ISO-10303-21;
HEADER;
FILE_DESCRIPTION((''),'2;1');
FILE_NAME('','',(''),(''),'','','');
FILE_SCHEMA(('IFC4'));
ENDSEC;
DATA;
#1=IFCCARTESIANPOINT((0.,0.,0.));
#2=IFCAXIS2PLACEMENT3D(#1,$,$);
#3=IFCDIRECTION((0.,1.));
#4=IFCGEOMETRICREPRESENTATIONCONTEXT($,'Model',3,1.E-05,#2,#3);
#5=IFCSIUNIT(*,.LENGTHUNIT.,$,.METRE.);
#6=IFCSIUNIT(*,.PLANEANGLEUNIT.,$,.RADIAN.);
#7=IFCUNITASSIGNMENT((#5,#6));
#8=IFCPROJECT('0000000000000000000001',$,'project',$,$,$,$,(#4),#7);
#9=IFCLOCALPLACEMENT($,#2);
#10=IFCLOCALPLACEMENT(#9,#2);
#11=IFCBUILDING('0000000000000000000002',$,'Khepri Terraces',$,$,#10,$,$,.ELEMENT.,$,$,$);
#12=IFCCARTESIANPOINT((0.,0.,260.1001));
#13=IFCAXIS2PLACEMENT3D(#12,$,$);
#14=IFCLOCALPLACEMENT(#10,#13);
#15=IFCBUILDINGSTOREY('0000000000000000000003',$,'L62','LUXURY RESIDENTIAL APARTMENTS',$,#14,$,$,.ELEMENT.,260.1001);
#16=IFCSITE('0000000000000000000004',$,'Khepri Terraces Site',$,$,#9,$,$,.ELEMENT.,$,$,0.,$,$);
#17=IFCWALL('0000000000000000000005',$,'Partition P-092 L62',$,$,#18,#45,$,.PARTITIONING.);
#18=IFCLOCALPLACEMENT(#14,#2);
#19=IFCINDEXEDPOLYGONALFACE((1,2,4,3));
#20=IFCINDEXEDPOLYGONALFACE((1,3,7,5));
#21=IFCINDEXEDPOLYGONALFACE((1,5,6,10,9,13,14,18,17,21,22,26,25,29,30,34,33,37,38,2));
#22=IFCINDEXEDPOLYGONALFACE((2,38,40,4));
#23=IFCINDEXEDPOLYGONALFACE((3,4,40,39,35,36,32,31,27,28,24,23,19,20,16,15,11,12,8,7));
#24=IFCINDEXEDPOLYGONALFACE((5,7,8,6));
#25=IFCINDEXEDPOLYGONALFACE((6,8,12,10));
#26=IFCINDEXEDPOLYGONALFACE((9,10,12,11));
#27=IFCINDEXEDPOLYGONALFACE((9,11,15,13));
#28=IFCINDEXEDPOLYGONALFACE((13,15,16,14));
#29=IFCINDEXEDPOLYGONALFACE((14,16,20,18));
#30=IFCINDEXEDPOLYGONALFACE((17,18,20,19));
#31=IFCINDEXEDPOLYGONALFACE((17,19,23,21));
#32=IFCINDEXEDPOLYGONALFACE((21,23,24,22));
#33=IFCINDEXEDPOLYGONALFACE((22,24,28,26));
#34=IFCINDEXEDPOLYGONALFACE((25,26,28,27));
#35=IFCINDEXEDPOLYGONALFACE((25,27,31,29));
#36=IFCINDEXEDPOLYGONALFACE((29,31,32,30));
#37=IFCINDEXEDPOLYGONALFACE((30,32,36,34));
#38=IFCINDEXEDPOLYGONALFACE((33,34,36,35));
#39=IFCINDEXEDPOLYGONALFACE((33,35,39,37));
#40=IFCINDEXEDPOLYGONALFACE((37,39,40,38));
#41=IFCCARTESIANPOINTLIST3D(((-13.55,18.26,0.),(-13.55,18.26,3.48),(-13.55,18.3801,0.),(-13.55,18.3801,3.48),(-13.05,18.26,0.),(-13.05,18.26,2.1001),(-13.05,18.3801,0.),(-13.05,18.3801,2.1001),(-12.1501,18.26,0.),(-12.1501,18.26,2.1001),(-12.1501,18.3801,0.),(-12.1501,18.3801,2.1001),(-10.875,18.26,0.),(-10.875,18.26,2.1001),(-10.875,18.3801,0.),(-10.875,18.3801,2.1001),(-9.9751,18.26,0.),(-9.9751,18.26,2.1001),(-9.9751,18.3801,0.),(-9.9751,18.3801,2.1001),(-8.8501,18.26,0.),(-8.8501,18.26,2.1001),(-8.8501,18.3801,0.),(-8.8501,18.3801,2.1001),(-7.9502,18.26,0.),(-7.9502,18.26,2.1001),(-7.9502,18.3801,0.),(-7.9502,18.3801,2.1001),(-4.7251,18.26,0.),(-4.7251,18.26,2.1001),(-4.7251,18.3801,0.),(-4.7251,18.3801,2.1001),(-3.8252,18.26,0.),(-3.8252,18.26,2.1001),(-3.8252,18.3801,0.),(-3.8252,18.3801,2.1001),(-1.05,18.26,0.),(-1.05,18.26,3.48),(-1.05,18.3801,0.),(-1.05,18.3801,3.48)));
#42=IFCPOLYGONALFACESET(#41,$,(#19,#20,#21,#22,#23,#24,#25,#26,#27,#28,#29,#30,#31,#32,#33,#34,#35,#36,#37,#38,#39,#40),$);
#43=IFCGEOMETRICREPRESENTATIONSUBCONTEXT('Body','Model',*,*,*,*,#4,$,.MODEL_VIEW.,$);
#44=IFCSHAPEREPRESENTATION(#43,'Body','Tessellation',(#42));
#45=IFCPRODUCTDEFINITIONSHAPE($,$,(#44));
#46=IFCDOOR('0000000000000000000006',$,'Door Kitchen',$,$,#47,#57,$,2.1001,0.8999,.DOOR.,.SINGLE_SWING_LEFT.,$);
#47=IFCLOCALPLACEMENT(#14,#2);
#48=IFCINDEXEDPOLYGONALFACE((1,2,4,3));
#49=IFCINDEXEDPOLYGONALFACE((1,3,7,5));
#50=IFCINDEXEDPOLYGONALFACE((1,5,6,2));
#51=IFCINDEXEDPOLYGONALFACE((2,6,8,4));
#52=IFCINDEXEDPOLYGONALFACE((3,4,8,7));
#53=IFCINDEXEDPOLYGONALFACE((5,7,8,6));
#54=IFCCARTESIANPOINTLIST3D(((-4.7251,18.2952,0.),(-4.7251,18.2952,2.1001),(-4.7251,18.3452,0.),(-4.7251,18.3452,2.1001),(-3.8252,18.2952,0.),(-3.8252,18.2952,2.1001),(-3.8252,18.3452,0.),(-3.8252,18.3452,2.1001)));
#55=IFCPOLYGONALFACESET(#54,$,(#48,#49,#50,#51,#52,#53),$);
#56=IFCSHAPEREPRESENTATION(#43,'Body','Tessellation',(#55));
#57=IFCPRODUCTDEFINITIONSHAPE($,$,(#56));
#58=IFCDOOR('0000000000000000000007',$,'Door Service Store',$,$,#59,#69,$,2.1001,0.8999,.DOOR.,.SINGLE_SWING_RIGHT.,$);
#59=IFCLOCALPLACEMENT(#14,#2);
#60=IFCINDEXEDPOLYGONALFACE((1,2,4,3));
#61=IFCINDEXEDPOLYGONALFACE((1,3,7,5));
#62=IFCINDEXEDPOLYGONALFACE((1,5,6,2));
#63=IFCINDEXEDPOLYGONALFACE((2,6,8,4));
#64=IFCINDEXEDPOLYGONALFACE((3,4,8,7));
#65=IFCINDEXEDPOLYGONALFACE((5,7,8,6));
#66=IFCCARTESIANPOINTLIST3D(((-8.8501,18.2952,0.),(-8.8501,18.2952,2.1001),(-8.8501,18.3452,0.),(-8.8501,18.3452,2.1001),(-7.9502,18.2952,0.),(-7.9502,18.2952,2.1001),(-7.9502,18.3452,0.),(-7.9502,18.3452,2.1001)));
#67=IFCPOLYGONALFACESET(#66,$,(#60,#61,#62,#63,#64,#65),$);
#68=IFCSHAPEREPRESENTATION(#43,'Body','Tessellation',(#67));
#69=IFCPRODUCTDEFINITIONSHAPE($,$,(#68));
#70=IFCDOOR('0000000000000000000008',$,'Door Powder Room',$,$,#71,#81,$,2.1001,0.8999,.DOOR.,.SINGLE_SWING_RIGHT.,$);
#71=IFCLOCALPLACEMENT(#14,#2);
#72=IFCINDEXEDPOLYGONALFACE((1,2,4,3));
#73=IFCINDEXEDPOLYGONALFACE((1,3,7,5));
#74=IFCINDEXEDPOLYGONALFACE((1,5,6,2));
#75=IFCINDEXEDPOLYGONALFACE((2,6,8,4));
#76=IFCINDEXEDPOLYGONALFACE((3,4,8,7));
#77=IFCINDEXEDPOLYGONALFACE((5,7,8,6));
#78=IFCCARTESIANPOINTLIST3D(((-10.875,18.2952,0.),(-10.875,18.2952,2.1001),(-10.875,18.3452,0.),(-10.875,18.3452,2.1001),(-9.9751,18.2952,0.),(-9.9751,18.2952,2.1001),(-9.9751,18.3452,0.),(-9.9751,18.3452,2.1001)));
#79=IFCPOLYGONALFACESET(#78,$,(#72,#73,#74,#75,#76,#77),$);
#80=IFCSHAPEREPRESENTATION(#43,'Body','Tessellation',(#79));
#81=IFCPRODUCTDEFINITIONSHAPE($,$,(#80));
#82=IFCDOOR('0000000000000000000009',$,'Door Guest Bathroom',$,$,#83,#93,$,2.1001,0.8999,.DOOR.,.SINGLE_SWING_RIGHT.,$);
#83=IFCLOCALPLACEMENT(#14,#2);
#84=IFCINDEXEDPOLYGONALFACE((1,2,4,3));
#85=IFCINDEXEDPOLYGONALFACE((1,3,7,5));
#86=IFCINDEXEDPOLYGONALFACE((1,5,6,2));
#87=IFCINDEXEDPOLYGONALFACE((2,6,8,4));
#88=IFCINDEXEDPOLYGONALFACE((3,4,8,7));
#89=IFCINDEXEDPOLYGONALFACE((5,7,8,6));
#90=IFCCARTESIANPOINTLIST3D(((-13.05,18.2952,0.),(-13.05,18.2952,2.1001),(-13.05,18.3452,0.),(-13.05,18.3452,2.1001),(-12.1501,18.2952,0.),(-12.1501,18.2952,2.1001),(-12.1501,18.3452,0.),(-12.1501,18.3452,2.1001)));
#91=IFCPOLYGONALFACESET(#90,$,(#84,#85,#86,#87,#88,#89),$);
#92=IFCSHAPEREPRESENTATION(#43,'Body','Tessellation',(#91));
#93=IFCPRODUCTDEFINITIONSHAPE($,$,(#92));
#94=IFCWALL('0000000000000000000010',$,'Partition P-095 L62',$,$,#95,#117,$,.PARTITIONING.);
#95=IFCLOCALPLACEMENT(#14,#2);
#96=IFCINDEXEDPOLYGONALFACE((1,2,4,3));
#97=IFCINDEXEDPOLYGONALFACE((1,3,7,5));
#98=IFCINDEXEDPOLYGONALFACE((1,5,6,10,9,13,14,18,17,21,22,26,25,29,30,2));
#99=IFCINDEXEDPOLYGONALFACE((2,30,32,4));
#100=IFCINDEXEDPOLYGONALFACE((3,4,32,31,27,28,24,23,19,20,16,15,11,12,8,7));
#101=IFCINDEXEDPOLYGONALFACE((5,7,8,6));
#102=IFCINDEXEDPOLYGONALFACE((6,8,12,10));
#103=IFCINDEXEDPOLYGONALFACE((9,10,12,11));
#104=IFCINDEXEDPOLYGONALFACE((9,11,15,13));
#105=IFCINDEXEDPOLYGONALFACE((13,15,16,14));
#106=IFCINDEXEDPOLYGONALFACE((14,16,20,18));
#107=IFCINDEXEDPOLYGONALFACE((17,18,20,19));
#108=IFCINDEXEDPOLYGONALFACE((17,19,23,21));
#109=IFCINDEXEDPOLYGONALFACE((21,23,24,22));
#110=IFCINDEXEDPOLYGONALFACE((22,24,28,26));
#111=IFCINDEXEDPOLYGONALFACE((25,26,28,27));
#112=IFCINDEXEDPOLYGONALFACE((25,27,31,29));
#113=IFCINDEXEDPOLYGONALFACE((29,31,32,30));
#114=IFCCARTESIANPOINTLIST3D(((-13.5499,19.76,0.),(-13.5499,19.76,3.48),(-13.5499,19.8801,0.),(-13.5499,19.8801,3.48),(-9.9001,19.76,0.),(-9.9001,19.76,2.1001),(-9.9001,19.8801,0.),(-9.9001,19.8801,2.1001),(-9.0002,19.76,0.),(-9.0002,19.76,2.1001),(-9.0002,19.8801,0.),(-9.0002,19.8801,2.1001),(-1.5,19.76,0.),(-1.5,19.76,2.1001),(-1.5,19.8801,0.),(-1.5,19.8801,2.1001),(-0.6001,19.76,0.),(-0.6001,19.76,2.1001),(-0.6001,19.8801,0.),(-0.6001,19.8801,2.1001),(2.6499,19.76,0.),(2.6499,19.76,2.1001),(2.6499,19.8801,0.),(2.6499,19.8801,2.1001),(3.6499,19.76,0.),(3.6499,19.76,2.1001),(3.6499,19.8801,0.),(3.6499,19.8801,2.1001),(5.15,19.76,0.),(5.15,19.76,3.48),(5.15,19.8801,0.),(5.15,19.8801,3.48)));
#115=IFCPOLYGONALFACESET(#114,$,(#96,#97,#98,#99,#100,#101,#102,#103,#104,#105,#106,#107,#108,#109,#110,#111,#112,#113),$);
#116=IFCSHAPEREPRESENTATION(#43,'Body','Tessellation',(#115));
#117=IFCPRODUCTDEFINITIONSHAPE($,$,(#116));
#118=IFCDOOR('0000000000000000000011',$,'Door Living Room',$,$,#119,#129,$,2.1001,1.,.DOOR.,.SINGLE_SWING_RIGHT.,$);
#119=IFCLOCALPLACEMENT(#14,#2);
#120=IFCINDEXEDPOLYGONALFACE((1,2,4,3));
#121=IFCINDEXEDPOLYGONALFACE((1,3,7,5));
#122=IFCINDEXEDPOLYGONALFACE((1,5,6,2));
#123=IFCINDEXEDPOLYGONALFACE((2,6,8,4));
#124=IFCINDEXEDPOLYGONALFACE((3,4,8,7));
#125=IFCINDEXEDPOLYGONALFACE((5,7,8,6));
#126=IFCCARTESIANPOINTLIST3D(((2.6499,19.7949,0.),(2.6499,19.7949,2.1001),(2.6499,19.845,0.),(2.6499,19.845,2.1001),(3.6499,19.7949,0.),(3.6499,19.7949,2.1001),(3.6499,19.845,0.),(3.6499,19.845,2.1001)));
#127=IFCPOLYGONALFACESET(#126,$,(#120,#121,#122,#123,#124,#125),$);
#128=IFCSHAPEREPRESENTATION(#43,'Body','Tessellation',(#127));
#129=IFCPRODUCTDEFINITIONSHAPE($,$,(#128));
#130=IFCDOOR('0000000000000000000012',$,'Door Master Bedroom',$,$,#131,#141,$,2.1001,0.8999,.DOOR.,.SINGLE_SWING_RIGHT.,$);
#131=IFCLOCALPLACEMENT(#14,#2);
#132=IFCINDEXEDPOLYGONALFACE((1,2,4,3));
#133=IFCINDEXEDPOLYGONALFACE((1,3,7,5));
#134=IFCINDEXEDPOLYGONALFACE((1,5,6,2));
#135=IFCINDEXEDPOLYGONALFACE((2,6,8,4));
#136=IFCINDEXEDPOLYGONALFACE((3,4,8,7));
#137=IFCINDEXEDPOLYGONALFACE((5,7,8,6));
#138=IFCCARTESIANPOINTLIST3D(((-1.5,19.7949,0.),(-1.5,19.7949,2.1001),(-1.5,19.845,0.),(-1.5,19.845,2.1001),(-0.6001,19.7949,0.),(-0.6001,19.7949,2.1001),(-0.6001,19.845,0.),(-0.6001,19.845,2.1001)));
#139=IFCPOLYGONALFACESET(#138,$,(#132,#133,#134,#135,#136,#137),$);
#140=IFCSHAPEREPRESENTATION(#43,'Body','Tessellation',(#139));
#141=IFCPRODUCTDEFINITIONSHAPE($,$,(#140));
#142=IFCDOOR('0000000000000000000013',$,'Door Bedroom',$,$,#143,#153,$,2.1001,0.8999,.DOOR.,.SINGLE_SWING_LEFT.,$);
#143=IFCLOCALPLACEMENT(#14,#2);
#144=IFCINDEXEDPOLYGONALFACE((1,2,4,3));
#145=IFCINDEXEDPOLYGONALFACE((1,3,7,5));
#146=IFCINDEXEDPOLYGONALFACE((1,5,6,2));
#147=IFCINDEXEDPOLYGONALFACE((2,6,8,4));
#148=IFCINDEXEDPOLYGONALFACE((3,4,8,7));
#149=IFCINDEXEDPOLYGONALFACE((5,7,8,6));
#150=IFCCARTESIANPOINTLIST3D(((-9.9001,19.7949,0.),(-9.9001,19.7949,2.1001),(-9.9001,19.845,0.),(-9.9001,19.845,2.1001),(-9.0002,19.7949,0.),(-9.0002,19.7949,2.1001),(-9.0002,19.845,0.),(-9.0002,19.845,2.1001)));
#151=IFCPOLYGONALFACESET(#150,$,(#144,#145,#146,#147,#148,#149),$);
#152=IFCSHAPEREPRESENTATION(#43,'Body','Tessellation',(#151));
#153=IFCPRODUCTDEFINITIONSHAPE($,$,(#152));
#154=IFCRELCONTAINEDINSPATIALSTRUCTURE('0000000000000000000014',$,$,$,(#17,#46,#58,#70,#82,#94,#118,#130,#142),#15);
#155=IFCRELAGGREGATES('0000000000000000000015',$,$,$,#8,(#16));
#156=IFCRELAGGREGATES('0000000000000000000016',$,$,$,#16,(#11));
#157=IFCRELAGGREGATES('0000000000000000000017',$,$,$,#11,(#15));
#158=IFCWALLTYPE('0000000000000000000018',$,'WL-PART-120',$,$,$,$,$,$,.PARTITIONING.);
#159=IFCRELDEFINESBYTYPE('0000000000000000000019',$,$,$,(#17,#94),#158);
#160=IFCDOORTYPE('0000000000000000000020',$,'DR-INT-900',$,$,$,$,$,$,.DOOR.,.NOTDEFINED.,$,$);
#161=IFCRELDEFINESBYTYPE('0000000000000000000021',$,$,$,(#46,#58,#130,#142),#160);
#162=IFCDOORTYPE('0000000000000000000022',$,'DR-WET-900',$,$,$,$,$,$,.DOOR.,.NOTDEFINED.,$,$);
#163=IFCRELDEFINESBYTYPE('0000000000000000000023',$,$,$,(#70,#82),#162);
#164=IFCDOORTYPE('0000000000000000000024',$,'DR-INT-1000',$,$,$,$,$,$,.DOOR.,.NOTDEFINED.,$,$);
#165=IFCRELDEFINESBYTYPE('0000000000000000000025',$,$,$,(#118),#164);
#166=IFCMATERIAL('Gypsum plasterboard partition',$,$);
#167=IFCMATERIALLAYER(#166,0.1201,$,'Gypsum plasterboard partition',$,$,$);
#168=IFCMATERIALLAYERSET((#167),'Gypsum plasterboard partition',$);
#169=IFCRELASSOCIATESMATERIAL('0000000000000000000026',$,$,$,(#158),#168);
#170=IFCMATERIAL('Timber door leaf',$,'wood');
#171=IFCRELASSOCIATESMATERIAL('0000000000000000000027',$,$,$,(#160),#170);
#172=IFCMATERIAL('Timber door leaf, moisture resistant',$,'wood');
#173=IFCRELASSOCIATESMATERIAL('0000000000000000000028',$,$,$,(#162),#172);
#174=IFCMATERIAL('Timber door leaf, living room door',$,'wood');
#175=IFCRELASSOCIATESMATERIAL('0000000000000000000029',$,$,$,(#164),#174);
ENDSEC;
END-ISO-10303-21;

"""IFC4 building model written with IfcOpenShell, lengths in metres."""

from ifc_helpers import new_model, si_unit, direction, frame, frame_2d, origin, place, context, subcontext, project, spatial, rectangle, extrude, material, layer, layer_set, type_object, element, fill, save


model = new_model("IFC4")

# Units and contexts
model_context = context("Model", 3, precision=1e-05, world=origin(), true_north=direction((0.0, 1.0)))
body_context = subcontext(model_context, "Body", "Model", "MODEL_VIEW")
ifc_project = project(units=[si_unit("LENGTHUNIT", "METRE"), si_unit("PLANEANGLEUNIT", "RADIAN")], contexts=[model_context])

# Site, building, storey
site_placement = place(None, origin())
site = spatial("IfcSite", under=ifc_project, at=site_placement, Name="Khepri Terraces Site", CompositionType="ELEMENT", RefElevation=0.0)
building_placement = place(site_placement, origin())
building = spatial("IfcBuilding", under=site, at=building_placement, Name="Khepri Terraces", CompositionType="ELEMENT")
storey_placement = place(building_placement, frame((0.0, 0.0, 260.1001)))
storey = spatial("IfcBuildingStorey", under=building, at=storey_placement, Name="L62", Description="LUXURY RESIDENTIAL APARTMENTS", CompositionType="ELEMENT", Elevation=260.1001)

# Shared definitions
ifc_material_1 = material(Name="Gypsum plasterboard partition")
ifc_layer_1 = layer(ifc_material_1, 0.1201, Name="Gypsum plasterboard partition")
ifc_layer_set_1 = layer_set([ifc_layer_1], Name="Gypsum plasterboard partition")
wall_type_1 = type_object("IfcWallType", Name="WL-PART-120", PredefinedType="PARTITIONING", material=ifc_layer_set_1)

# Walls, openings, doors
wall_1_placement = place(storey_placement, frame((-13.55, 18.3201, 0.0), z_axis=(0.0, 0.0, 1.0), x_axis=(1.0, 0.0, 0.0)))
wall_1 = element("IfcWall", 1, at=wall_1_placement, inside=storey, type_object=wall_type_1, Name="Partition P-092 L62", PredefinedType="PARTITIONING", context=body_context, shape_type="SweptSolid", body=[
    extrude(rectangle(XDim=12.5, YDim=0.1201, at=frame_2d((6.25, 0.0))), origin(), (0.0, 0.0, 1.0), 3.48),
])
opening_1_placement = place(wall_1_placement, frame((8.825, 0.0, 0.0)))
opening_1 = element("IfcOpeningElement", 2, at=opening_1_placement, cuts=wall_1, PredefinedType="OPENING", context=body_context, shape_type="SweptSolid", body=[
    extrude(rectangle(XDim=0.8999, YDim=2.1001, at=frame_2d((0.45, 1.05))), frame((0.0, 0.0701, 0.0), z_axis=(0.0, -1.0, 0.0), x_axis=(1.0, 0.0, 0.0)), (0.0, 0.0, 1.0), 0.1401),
])
opening_2_placement = place(wall_1_placement, frame((4.7, 0.0, 0.0)))
opening_2 = element("IfcOpeningElement", 3, at=opening_2_placement, cuts=wall_1, PredefinedType="OPENING", context=body_context, shape_type="SweptSolid", body=[
    extrude(rectangle(XDim=0.8999, YDim=2.1001, at=frame_2d((0.45, 1.05))), frame((0.0, 0.0701, 0.0), z_axis=(0.0, -1.0, 0.0), x_axis=(1.0, 0.0, 0.0)), (0.0, 0.0, 1.0), 0.1401),
])
opening_3_placement = place(wall_1_placement, frame((2.675, 0.0, 0.0)))
opening_3 = element("IfcOpeningElement", 4, at=opening_3_placement, cuts=wall_1, PredefinedType="OPENING", context=body_context, shape_type="SweptSolid", body=[
    extrude(rectangle(XDim=0.8999, YDim=2.1001, at=frame_2d((0.45, 1.05))), frame((0.0, 0.0701, 0.0), z_axis=(0.0, -1.0, 0.0), x_axis=(1.0, 0.0, 0.0)), (0.0, 0.0, 1.0), 0.1401),
])
opening_4_placement = place(wall_1_placement, frame((0.5, 0.0, 0.0)))
opening_4 = element("IfcOpeningElement", 5, at=opening_4_placement, cuts=wall_1, PredefinedType="OPENING", context=body_context, shape_type="SweptSolid", body=[
    extrude(rectangle(XDim=0.8999, YDim=2.1001, at=frame_2d((0.45, 1.05))), frame((0.0, 0.0701, 0.0), z_axis=(0.0, -1.0, 0.0), x_axis=(1.0, 0.0, 0.0)), (0.0, 0.0, 1.0), 0.1401),
])
ifc_material_2 = material(Name="Timber door leaf", Category="wood")
door_type_1 = type_object("IfcDoorType", Name="DR-INT-900", OperationType="NOTDEFINED", PredefinedType="DOOR", material=ifc_material_2)
door_1_placement = place(opening_1_placement, frame((0.8999, 0.0, 0.0), z_axis=(0.0, 0.0, 1.0), x_axis=(-1.0, 0.0, 0.0)))
door_1 = element("IfcDoor", 6, at=door_1_placement, inside=storey, type_object=door_type_1, Name="Door Kitchen", OperationType="SINGLE_SWING_LEFT", OverallHeight=2.1001, OverallWidth=0.8999, PredefinedType="DOOR", context=body_context, shape_type="SweptSolid", body=[
    extrude(rectangle(XDim=0.8999, YDim=2.1001, at=frame_2d((0.45, 1.05))), frame((0.0, 0.0249, 0.0), z_axis=(0.0, -1.0, 0.0), x_axis=(1.0, 0.0, 0.0)), (0.0, 0.0, 1.0), 0.05),
])
fill(opening_1, door_1)
door_2_placement = place(opening_2_placement, frame((0.8999, 0.0, 0.0), z_axis=(0.0, 0.0, 1.0), x_axis=(-1.0, 0.0, 0.0)))
door_2 = element("IfcDoor", 7, at=door_2_placement, inside=storey, type_object=door_type_1, Name="Door Service Store", OperationType="SINGLE_SWING_RIGHT", OverallHeight=2.1001, OverallWidth=0.8999, PredefinedType="DOOR", context=body_context, shape_type="SweptSolid", body=[
    extrude(rectangle(XDim=0.8999, YDim=2.1001, at=frame_2d((0.45, 1.05))), frame((0.0, 0.0249, 0.0), z_axis=(0.0, -1.0, 0.0), x_axis=(1.0, 0.0, 0.0)), (0.0, 0.0, 1.0), 0.05),
])
fill(opening_2, door_2)
ifc_material_3 = material(Name="Timber door leaf, moisture resistant", Category="wood")
door_type_2 = type_object("IfcDoorType", Name="DR-WET-900", OperationType="NOTDEFINED", PredefinedType="DOOR", material=ifc_material_3)
door_3_placement = place(opening_3_placement, frame((0.8999, 0.0, 0.0), z_axis=(0.0, 0.0, 1.0), x_axis=(-1.0, 0.0, 0.0)))
door_3 = element("IfcDoor", 8, at=door_3_placement, inside=storey, type_object=door_type_2, Name="Door Powder Room", OperationType="SINGLE_SWING_RIGHT", OverallHeight=2.1001, OverallWidth=0.8999, PredefinedType="DOOR", context=body_context, shape_type="SweptSolid", body=[
    extrude(rectangle(XDim=0.8999, YDim=2.1001, at=frame_2d((0.45, 1.05))), frame((0.0, 0.0249, 0.0), z_axis=(0.0, -1.0, 0.0), x_axis=(1.0, 0.0, 0.0)), (0.0, 0.0, 1.0), 0.05),
])
fill(opening_3, door_3)
door_4_placement = place(opening_4_placement, frame((0.8999, 0.0, 0.0), z_axis=(0.0, 0.0, 1.0), x_axis=(-1.0, 0.0, 0.0)))
door_4 = element("IfcDoor", 9, at=door_4_placement, inside=storey, type_object=door_type_2, Name="Door Guest Bathroom", OperationType="SINGLE_SWING_RIGHT", OverallHeight=2.1001, OverallWidth=0.8999, PredefinedType="DOOR", context=body_context, shape_type="SweptSolid", body=[
    extrude(rectangle(XDim=0.8999, YDim=2.1001, at=frame_2d((0.45, 1.05))), frame((0.0, 0.0249, 0.0), z_axis=(0.0, -1.0, 0.0), x_axis=(1.0, 0.0, 0.0)), (0.0, 0.0, 1.0), 0.05),
])
fill(opening_4, door_4)
wall_2_placement = place(storey_placement, frame((-13.55, 19.8201, 0.0), z_axis=(0.0, 0.0, 1.0), x_axis=(1.0, 0.0, 0.0)))
wall_2 = element("IfcWall", 10, at=wall_2_placement, inside=storey, type_object=wall_type_1, Name="Partition P-095 L62", PredefinedType="PARTITIONING", context=body_context, shape_type="SweptSolid", body=[
    extrude(rectangle(XDim=18.7, YDim=0.1201, at=frame_2d((9.3501, 0.0))), origin(), (0.0, 0.0, 1.0), 3.48),
])
opening_5_placement = place(wall_2_placement, frame((16.2, 0.0, 0.0)))
opening_5 = element("IfcOpeningElement", 11, at=opening_5_placement, cuts=wall_2, PredefinedType="OPENING", context=body_context, shape_type="SweptSolid", body=[
    extrude(rectangle(XDim=1.0, YDim=2.1001, at=frame_2d((0.5, 1.05))), frame((0.0, 0.0701, 0.0), z_axis=(0.0, -1.0, 0.0), x_axis=(1.0, 0.0, 0.0)), (0.0, 0.0, 1.0), 0.1401),
])
opening_6_placement = place(wall_2_placement, frame((12.05, 0.0, 0.0)))
opening_6 = element("IfcOpeningElement", 12, at=opening_6_placement, cuts=wall_2, PredefinedType="OPENING", context=body_context, shape_type="SweptSolid", body=[
    extrude(rectangle(XDim=0.8999, YDim=2.1001, at=frame_2d((0.45, 1.05))), frame((0.0, 0.0701, 0.0), z_axis=(0.0, -1.0, 0.0), x_axis=(1.0, 0.0, 0.0)), (0.0, 0.0, 1.0), 0.1401),
])
opening_7_placement = place(wall_2_placement, frame((3.6499, 0.0, 0.0)))
opening_7 = element("IfcOpeningElement", 13, at=opening_7_placement, cuts=wall_2, PredefinedType="OPENING", context=body_context, shape_type="SweptSolid", body=[
    extrude(rectangle(XDim=0.8999, YDim=2.1001, at=frame_2d((0.45, 1.05))), frame((0.0, 0.0701, 0.0), z_axis=(0.0, -1.0, 0.0), x_axis=(1.0, 0.0, 0.0)), (0.0, 0.0, 1.0), 0.1401),
])
ifc_material_4 = material(Name="Timber door leaf, living room door", Category="wood")
door_type_3 = type_object("IfcDoorType", Name="DR-INT-1000", OperationType="NOTDEFINED", PredefinedType="DOOR", material=ifc_material_4)
door_5_placement = place(opening_5_placement, origin())
door_5 = element("IfcDoor", 14, at=door_5_placement, inside=storey, type_object=door_type_3, Name="Door Living Room", OperationType="SINGLE_SWING_RIGHT", OverallHeight=2.1001, OverallWidth=1.0, PredefinedType="DOOR", context=body_context, shape_type="SweptSolid", body=[
    extrude(rectangle(XDim=1.0, YDim=2.1001, at=frame_2d((0.5, 1.05))), frame((0.0, 0.0249, 0.0), z_axis=(0.0, -1.0, 0.0), x_axis=(1.0, 0.0, 0.0)), (0.0, 0.0, 1.0), 0.05),
])
fill(opening_5, door_5)
door_6_placement = place(opening_6_placement, origin())
door_6 = element("IfcDoor", 15, at=door_6_placement, inside=storey, type_object=door_type_1, Name="Door Master Bedroom", OperationType="SINGLE_SWING_RIGHT", OverallHeight=2.1001, OverallWidth=0.8999, PredefinedType="DOOR", context=body_context, shape_type="SweptSolid", body=[
    extrude(rectangle(XDim=0.8999, YDim=2.1001, at=frame_2d((0.45, 1.05))), frame((0.0, 0.0249, 0.0), z_axis=(0.0, -1.0, 0.0), x_axis=(1.0, 0.0, 0.0)), (0.0, 0.0, 1.0), 0.05),
])
fill(opening_6, door_6)
door_7_placement = place(opening_7_placement, origin())
door_7 = element("IfcDoor", 16, at=door_7_placement, inside=storey, type_object=door_type_1, Name="Door Bedroom", OperationType="SINGLE_SWING_LEFT", OverallHeight=2.1001, OverallWidth=0.8999, PredefinedType="DOOR", context=body_context, shape_type="SweptSolid", body=[
    extrude(rectangle(XDim=0.8999, YDim=2.1001, at=frame_2d((0.45, 1.05))), frame((0.0, 0.0249, 0.0), z_axis=(0.0, -1.0, 0.0), x_axis=(1.0, 0.0, 0.0)), (0.0, 0.0, 1.0), 0.05),
])
fill(opening_7, door_7)

save(model, "model.ifc")
